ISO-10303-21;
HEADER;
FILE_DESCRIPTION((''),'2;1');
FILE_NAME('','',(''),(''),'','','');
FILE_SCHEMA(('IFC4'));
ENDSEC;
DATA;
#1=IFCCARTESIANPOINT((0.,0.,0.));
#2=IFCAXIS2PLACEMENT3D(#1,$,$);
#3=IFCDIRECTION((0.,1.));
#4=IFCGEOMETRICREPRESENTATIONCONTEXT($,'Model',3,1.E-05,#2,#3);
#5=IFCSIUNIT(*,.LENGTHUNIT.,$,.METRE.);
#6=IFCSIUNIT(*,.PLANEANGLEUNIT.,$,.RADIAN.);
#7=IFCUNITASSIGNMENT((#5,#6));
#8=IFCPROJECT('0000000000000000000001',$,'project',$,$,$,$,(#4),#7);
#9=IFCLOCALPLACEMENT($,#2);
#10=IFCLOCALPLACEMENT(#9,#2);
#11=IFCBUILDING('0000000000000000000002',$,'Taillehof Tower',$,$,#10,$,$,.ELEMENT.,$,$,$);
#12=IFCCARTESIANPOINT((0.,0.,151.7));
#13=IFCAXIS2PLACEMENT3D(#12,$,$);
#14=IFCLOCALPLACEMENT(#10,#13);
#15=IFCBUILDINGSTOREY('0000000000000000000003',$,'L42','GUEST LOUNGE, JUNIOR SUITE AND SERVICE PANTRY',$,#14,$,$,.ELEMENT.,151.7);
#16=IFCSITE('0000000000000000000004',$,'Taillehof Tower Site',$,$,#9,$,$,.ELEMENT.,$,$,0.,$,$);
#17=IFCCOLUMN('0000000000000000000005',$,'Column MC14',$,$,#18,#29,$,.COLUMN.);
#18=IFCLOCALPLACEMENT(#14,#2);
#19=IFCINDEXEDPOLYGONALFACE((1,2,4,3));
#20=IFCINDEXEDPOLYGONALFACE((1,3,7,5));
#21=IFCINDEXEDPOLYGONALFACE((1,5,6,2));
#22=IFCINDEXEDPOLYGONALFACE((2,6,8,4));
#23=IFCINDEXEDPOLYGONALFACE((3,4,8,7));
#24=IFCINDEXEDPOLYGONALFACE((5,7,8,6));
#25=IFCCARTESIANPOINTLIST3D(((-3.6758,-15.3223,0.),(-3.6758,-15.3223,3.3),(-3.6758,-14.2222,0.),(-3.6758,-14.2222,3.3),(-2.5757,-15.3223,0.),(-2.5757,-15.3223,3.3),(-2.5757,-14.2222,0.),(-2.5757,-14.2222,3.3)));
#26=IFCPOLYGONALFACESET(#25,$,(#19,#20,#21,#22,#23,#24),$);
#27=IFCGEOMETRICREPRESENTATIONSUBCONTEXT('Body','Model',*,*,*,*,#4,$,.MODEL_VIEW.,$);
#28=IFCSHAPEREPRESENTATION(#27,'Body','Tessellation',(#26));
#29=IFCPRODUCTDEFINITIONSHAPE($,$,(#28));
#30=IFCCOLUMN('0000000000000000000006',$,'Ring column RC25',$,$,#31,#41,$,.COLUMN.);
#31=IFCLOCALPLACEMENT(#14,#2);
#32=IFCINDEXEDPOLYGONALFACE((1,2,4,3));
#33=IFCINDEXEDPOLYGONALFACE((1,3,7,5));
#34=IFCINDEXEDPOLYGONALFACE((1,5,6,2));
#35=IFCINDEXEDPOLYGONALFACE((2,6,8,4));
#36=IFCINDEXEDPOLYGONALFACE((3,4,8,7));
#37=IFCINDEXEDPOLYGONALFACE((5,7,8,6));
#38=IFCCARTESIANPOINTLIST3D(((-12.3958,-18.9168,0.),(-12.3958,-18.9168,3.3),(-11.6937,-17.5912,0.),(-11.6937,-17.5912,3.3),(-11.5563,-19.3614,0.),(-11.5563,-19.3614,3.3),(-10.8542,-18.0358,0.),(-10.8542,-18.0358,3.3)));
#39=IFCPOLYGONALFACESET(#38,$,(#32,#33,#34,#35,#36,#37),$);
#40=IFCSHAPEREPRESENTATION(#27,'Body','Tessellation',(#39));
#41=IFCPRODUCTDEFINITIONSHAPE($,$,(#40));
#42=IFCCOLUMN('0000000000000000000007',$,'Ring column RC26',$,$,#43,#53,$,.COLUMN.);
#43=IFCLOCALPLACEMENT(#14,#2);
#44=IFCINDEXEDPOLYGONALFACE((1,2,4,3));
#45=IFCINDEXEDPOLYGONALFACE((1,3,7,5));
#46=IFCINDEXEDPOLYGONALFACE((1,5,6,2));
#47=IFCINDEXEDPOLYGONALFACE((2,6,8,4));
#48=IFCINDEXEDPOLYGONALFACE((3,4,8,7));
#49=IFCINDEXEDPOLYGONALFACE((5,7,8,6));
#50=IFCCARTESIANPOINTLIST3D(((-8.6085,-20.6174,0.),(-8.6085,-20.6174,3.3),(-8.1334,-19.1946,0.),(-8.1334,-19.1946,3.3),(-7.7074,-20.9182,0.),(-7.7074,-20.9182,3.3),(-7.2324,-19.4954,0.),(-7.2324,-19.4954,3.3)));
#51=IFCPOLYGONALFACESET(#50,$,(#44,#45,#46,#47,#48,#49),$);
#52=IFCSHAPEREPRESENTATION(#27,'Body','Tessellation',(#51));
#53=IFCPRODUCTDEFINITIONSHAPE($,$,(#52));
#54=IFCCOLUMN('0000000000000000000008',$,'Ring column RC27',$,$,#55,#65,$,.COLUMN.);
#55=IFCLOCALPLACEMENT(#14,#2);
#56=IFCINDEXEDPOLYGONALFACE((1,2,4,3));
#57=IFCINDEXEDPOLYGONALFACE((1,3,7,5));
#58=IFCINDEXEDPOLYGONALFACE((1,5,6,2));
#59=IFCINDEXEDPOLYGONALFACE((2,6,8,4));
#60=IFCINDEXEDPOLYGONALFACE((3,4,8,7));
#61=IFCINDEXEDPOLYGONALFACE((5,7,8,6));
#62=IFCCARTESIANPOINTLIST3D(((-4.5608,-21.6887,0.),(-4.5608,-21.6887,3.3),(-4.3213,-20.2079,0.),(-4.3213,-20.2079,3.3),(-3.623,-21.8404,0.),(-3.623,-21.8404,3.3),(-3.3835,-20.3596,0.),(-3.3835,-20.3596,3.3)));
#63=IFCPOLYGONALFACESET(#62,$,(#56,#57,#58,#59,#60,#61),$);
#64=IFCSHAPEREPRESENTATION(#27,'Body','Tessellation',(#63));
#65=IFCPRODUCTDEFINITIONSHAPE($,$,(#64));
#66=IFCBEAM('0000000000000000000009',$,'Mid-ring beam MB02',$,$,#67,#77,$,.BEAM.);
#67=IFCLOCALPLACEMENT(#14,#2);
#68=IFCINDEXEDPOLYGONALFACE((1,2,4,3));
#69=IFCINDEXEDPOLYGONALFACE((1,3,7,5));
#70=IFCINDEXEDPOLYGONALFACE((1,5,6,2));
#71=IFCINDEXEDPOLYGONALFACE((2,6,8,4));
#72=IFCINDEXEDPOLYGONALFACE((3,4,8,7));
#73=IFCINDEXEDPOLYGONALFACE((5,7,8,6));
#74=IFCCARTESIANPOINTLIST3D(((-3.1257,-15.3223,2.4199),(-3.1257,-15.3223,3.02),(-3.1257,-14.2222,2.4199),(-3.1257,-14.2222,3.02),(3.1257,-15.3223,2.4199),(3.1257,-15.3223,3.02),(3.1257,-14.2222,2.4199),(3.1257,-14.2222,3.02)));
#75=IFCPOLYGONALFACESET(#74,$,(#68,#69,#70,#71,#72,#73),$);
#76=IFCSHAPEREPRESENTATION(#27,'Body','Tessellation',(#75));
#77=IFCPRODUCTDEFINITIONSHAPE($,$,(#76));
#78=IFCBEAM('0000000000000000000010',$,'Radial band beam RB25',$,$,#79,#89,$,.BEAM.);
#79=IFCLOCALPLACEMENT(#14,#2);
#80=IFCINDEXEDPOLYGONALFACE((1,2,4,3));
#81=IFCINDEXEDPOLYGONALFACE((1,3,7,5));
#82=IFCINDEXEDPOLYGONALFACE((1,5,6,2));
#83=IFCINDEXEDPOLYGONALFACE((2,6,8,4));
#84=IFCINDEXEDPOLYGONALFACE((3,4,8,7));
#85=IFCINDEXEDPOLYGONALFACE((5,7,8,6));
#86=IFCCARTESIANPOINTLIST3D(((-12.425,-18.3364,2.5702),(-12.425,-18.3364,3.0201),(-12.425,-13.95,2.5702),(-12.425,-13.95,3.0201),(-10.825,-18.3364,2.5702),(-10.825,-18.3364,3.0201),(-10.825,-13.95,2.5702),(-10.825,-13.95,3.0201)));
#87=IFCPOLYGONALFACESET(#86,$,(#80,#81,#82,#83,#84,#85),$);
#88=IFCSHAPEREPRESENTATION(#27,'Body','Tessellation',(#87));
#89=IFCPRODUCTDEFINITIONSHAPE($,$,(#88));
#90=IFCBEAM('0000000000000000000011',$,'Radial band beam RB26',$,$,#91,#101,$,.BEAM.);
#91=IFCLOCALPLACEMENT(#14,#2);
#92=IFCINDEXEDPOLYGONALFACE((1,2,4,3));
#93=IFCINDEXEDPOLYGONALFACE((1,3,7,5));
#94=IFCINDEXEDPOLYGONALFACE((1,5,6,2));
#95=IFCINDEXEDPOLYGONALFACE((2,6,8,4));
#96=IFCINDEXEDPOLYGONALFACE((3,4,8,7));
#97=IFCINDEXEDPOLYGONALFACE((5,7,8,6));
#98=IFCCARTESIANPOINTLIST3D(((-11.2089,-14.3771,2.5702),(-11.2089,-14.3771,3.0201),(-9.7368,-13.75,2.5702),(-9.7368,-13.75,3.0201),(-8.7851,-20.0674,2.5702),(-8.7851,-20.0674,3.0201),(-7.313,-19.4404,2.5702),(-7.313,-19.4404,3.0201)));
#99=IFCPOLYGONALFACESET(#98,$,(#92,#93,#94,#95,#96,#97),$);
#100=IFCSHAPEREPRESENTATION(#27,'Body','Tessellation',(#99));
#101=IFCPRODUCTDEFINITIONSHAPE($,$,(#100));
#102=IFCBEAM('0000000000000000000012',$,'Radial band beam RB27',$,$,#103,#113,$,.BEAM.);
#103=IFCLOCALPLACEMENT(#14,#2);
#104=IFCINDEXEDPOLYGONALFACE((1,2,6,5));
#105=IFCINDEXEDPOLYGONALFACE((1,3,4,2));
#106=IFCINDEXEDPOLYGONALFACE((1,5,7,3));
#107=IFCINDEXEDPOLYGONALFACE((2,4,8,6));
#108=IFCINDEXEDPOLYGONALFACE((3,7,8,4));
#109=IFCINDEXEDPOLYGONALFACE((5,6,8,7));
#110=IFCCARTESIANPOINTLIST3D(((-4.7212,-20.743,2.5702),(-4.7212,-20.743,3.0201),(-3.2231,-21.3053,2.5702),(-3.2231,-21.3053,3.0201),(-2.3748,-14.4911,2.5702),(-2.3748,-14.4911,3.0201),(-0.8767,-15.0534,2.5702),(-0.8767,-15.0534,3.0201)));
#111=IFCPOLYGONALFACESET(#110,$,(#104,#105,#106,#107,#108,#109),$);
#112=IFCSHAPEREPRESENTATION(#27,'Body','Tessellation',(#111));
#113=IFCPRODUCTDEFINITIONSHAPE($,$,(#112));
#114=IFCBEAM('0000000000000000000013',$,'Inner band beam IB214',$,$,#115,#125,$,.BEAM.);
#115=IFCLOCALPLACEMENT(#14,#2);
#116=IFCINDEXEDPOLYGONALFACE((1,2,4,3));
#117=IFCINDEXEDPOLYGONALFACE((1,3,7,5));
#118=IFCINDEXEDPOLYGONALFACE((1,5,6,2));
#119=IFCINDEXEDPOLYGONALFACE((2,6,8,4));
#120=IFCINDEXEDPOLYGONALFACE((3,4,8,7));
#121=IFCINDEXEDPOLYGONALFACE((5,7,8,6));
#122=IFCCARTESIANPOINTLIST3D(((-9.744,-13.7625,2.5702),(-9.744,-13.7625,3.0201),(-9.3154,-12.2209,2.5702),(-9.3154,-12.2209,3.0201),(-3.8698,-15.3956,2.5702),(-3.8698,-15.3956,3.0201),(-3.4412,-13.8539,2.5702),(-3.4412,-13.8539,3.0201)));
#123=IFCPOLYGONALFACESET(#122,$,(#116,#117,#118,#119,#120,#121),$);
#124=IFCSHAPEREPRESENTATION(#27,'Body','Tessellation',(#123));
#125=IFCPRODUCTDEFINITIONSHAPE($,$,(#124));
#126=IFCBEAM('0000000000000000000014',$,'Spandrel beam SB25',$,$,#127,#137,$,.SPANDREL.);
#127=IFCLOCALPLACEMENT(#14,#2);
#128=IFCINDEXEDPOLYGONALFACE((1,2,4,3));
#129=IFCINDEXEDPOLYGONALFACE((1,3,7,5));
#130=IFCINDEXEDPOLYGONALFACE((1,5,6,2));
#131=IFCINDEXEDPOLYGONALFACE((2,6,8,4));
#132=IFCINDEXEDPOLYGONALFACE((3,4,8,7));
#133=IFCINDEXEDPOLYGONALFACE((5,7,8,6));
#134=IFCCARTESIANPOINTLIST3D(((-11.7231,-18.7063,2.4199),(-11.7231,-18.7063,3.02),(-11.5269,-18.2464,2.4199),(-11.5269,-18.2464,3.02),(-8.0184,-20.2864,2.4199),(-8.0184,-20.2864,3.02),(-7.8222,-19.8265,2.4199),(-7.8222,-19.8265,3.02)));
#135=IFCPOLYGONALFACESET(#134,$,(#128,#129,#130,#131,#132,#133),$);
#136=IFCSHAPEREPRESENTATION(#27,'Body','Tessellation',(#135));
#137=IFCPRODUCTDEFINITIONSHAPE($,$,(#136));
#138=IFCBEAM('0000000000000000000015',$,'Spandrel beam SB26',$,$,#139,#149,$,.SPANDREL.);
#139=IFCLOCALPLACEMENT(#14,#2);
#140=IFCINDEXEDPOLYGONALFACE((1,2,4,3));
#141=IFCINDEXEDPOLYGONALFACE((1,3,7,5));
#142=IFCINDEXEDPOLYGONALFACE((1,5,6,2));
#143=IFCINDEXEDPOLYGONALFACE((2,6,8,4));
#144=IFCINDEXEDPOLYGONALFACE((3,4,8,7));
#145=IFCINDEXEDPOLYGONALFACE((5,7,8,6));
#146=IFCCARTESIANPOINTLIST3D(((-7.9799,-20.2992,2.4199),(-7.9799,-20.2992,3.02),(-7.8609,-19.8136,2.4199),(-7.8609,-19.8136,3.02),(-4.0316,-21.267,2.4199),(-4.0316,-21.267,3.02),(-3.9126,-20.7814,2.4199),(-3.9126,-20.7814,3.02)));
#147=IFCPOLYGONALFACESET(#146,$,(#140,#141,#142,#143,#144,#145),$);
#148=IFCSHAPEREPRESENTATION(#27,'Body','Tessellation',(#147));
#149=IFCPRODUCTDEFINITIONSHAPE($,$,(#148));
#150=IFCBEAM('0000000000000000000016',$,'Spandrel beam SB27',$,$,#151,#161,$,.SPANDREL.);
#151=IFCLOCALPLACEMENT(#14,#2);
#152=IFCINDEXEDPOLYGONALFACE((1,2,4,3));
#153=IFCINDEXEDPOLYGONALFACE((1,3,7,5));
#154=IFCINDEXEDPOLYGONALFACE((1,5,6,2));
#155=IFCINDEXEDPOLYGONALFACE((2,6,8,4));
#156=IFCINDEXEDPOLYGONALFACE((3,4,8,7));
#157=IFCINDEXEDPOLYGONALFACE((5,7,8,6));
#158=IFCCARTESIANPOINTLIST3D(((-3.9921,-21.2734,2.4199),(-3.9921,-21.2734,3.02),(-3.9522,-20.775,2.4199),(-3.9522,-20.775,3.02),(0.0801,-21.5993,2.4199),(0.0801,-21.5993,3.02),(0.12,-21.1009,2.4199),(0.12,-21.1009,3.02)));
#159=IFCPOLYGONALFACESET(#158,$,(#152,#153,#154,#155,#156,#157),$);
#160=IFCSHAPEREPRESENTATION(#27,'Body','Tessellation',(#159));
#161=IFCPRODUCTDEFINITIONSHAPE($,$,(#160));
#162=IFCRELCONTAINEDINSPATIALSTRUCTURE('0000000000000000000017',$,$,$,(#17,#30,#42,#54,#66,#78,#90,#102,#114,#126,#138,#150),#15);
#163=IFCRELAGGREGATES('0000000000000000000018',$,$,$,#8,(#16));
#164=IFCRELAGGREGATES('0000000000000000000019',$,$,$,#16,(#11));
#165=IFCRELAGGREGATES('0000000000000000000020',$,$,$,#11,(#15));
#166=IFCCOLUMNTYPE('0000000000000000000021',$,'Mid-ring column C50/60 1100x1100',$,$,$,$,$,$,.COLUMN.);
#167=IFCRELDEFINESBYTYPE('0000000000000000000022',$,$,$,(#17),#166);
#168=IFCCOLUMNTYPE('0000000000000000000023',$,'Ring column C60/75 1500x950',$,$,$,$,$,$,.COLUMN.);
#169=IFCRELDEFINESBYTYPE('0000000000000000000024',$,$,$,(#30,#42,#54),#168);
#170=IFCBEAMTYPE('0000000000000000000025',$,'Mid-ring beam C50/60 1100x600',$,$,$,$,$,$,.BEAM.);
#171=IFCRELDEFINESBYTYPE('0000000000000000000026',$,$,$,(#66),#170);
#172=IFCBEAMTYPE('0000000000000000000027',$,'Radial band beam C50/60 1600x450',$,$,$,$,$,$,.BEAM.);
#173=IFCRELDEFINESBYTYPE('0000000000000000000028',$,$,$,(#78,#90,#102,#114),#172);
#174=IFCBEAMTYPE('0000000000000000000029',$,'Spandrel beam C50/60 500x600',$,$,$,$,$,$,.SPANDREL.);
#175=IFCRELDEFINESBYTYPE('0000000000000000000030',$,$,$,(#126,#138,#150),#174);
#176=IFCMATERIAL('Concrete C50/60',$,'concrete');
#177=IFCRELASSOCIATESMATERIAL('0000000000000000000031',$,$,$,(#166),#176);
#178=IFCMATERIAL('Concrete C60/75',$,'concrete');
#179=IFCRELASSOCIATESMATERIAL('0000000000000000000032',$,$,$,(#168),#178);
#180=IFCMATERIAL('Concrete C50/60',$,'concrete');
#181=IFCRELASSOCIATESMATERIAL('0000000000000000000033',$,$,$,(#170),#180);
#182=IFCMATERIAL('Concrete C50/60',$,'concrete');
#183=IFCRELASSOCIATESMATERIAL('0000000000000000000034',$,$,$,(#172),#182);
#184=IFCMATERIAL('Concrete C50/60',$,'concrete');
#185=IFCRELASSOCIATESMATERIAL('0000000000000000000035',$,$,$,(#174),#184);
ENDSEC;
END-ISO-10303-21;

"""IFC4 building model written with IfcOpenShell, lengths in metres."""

from ifc_helpers import new_model, si_unit, direction, frame, origin, origin_2d, place, context, subcontext, project, spatial, rectangle, extrude, material, material_profile, profile_set, type_object, element, save


model = new_model("IFC4")

# Units and contexts
model_context = context("Model", 3, precision=1e-05, world=origin(), true_north=direction((0.0, 1.0)))
body_context = subcontext(model_context, "Body", "Model", "MODEL_VIEW")
ifc_project = project(units=[si_unit("LENGTHUNIT", "METRE"), si_unit("PLANEANGLEUNIT", "RADIAN")], contexts=[model_context])

# Site, building, storey
site_placement = place(None, origin())
site = spatial("IfcSite", under=ifc_project, at=site_placement, Name="Taillehof Tower Site", CompositionType="ELEMENT", RefElevation=0.0)
building_placement = place(site_placement, origin())
building = spatial("IfcBuilding", under=site, at=building_placement, Name="Taillehof Tower", CompositionType="ELEMENT")
storey_placement = place(building_placement, frame((0.0, 0.0, 151.7)))
storey = spatial("IfcBuildingStorey", under=building, at=storey_placement, Name="L42", Description="GUEST LOUNGE, JUNIOR SUITE AND SERVICE PANTRY", CompositionType="ELEMENT", Elevation=151.7)

# Columns
ifc_material_1 = material(Name="Concrete C50/60", Category="concrete")
ifc_material_profile_1 = material_profile(ifc_material_1, rectangle(XDim=1.1001, YDim=1.1001, at=origin_2d()), Name="RC 1100x1100")
ifc_profile_set_1 = profile_set([ifc_material_profile_1], Name="Concrete C50/60")
column_type_1 = type_object("IfcColumnType", Name="Mid-ring column C50/60 1100x1100", PredefinedType="COLUMN", material=ifc_profile_set_1)
column_placement = place(storey_placement, frame((-3.1257, -14.7722, 0.0), z_axis=(0.0, 0.0, 1.0), x_axis=(1.0, 0.0, 0.0)))
element("IfcColumn", 1, at=column_placement, inside=storey, type_object=column_type_1, Name="Column MC14", PredefinedType="COLUMN", context=body_context, shape_type="SweptSolid", body=[
    extrude(rectangle(XDim=1.1001, YDim=1.1001, at=origin_2d()), origin(), (0.0, 0.0, 1.0), 3.3),
])
ifc_material_2 = material(Name="Concrete C60/75", Category="concrete")
ifc_material_profile_2 = material_profile(ifc_material_2, rectangle(XDim=1.5, YDim=0.95, at=origin_2d()), Name="RC 1500x950")
ifc_profile_set_2 = profile_set([ifc_material_profile_2], Name="Concrete C60/75")
column_type_2 = type_object("IfcColumnType", Name="Ring column C60/75 1500x950", PredefinedType="COLUMN", material=ifc_profile_set_2)
for number, where, z_axis, x_axis, name in (
    (2, (-11.625, -18.4763, 0.0), (0.0, 0.0, 1.0), (-0.468042, -0.883706, 0.0), "Ring column RC25"),
    (3, (-7.9204, -20.0564, 0.0), (0.0, 0.0, 1.0), (-0.316703, -0.948525, 0.0), "Ring column RC26"),
    (4, (-3.9722, -21.0242, 0.0), (0.0, 0.0, 1.0), (-0.159679, -0.987169, 0.0), "Ring column RC27"),
):
    element("IfcColumn", number, at=place(storey_placement, frame(where, z_axis=z_axis, x_axis=x_axis)), inside=storey, type_object=column_type_2, Name=name, PredefinedType="COLUMN", context=body_context, shape_type="SweptSolid", body=[
        extrude(rectangle(XDim=1.5, YDim=0.95, at=origin_2d()), origin(), (0.0, 0.0, 1.0), 3.3),
    ])

# Beams
ifc_material_3 = material(Name="Concrete C50/60", Category="concrete")
ifc_material_profile_3 = material_profile(ifc_material_3, rectangle(XDim=1.1001, YDim=0.6001, at=origin_2d()), Name="RC 1100x600")
ifc_profile_set_3 = profile_set([ifc_material_profile_3], Name="Concrete C50/60")
beam_type_1 = type_object("IfcBeamType", Name="Mid-ring beam C50/60 1100x600", PredefinedType="BEAM", material=ifc_profile_set_3)
beam_1_placement = place(storey_placement, frame((-3.1257, -14.7722, 2.72), z_axis=(1.0, 0.0, 0.0), x_axis=(0.0, 1.0, 0.0)))
element("IfcBeam", 5, at=beam_1_placement, inside=storey, type_object=beam_type_1, Name="Mid-ring beam MB02", PredefinedType="BEAM", context=body_context, shape_type="SweptSolid", body=[
    extrude(rectangle(XDim=1.1001, YDim=0.6001, at=origin_2d()), origin(), (0.0, 0.0, 1.0), 6.2515),
])
ifc_material_4 = material(Name="Concrete C50/60", Category="concrete")
ifc_material_profile_4 = material_profile(ifc_material_4, rectangle(XDim=1.6001, YDim=0.45, at=origin_2d()), Name="RC 1600x450")
ifc_profile_set_4 = profile_set([ifc_material_profile_4], Name="Concrete C50/60")
beam_type_2 = type_object("IfcBeamType", Name="Radial band beam C50/60 1600x450", PredefinedType="BEAM", material=ifc_profile_set_4)
beam_2_placement = place(storey_placement, frame((-11.625, -18.3364, 2.7952), z_axis=(0.0, 1.0, 0.0), x_axis=(-1.0, 0.0, 0.0)))
element("IfcBeam", 6, at=beam_2_placement, inside=storey, type_object=beam_type_2, Name="Radial band beam RB25", PredefinedType="BEAM", context=body_context, shape_type="SweptSolid", body=[
    extrude(rectangle(XDim=1.6001, YDim=0.45, at=origin_2d()), origin(), (0.0, 0.0, 1.0), 4.3865),
])
beam_3_placement = place(storey_placement, frame((-8.0491, -19.7539, 2.7952), z_axis=(-0.391879, 0.920017, 0.0), x_axis=(-0.920017, -0.391879, 0.0)))
element("IfcBeam", 7, at=beam_3_placement, inside=storey, type_object=beam_type_2, Name="Radial band beam RB26", PredefinedType="BEAM", context=body_context, shape_type="SweptSolid", body=[
    extrude(rectangle(XDim=1.6001, YDim=0.45, at=origin_2d()), origin(), (0.0, 0.0, 1.0), 6.1851),
])
beam_4_placement = place(storey_placement, frame((-3.9722, -21.0242, 2.7952), z_axis=(0.35138, 0.936233, 0.0), x_axis=(-0.936233, 0.35138, 0.0)))
element("IfcBeam", 8, at=beam_4_placement, inside=storey, type_object=beam_type_2, Name="Radial band beam RB27", PredefinedType="BEAM", context=body_context, shape_type="SweptSolid", body=[
    extrude(rectangle(XDim=1.6001, YDim=0.45, at=origin_2d()), origin(), (0.0, 0.0, 1.0), 6.6777),
])
beam_5_placement = place(storey_placement, frame((-3.6555, -14.6248, 2.7952), z_axis=(-0.963459, 0.267855, 0.0), x_axis=(-0.267855, -0.963459, 0.0)))
element("IfcBeam", 9, at=beam_5_placement, inside=storey, type_object=beam_type_2, Name="Inner band beam IB214", PredefinedType="BEAM", context=body_context, shape_type="SweptSolid", body=[
    extrude(rectangle(XDim=1.6001, YDim=0.45, at=origin_2d()), origin(), (0.0, 0.0, 1.0), 6.0969),
])
ifc_material_5 = material(Name="Concrete C50/60", Category="concrete")
ifc_material_profile_5 = material_profile(ifc_material_5, rectangle(XDim=0.5, YDim=0.6001, at=origin_2d()), Name="RC 500x600")
ifc_profile_set_5 = profile_set([ifc_material_profile_5], Name="Concrete C50/60")
beam_type_3 = type_object("IfcBeamType", Name="Spandrel beam C50/60 500x600", PredefinedType="SPANDREL", material=ifc_profile_set_5)
beam_6_placement = place(storey_placement, frame((-11.625, -18.4763, 2.72), z_axis=(0.919827, -0.392324, 0.0), x_axis=(0.392324, 0.919827, 0.0)))
element("IfcBeam", 10, at=beam_6_placement, inside=storey, type_object=beam_type_3, Name="Spandrel beam SB25", PredefinedType="SPANDREL", context=body_context, shape_type="SweptSolid", body=[
    extrude(rectangle(XDim=0.5, YDim=0.6001, at=origin_2d()), origin(), (0.0, 0.0, 1.0), 4.0276),
])
beam_7_placement = place(storey_placement, frame((-7.9204, -20.0564, 2.72), z_axis=(0.971249, -0.238068, 0.0), x_axis=(0.238068, 0.971249, 0.0)))
element("IfcBeam", 11, at=beam_7_placement, inside=storey, type_object=beam_type_3, Name="Spandrel beam SB26", PredefinedType="SPANDREL", context=body_context, shape_type="SweptSolid", body=[
    extrude(rectangle(XDim=0.5, YDim=0.6001, at=origin_2d()), origin(), (0.0, 0.0, 1.0), 4.0652),
])
beam_8_placement = place(storey_placement, frame((-3.9722, -21.0242, 2.72), z_axis=(0.996812, -0.079781, 0.0), x_axis=(0.079781, 0.996812, 0.0)))
element("IfcBeam", 12, at=beam_8_placement, inside=storey, type_object=beam_type_3, Name="Spandrel beam SB27", PredefinedType="SPANDREL", context=body_context, shape_type="SweptSolid", body=[
    extrude(rectangle(XDim=0.5, YDim=0.6001, at=origin_2d()), origin(), (0.0, 0.0, 1.0), 4.0852),
])

save(model, "model.ifc")
